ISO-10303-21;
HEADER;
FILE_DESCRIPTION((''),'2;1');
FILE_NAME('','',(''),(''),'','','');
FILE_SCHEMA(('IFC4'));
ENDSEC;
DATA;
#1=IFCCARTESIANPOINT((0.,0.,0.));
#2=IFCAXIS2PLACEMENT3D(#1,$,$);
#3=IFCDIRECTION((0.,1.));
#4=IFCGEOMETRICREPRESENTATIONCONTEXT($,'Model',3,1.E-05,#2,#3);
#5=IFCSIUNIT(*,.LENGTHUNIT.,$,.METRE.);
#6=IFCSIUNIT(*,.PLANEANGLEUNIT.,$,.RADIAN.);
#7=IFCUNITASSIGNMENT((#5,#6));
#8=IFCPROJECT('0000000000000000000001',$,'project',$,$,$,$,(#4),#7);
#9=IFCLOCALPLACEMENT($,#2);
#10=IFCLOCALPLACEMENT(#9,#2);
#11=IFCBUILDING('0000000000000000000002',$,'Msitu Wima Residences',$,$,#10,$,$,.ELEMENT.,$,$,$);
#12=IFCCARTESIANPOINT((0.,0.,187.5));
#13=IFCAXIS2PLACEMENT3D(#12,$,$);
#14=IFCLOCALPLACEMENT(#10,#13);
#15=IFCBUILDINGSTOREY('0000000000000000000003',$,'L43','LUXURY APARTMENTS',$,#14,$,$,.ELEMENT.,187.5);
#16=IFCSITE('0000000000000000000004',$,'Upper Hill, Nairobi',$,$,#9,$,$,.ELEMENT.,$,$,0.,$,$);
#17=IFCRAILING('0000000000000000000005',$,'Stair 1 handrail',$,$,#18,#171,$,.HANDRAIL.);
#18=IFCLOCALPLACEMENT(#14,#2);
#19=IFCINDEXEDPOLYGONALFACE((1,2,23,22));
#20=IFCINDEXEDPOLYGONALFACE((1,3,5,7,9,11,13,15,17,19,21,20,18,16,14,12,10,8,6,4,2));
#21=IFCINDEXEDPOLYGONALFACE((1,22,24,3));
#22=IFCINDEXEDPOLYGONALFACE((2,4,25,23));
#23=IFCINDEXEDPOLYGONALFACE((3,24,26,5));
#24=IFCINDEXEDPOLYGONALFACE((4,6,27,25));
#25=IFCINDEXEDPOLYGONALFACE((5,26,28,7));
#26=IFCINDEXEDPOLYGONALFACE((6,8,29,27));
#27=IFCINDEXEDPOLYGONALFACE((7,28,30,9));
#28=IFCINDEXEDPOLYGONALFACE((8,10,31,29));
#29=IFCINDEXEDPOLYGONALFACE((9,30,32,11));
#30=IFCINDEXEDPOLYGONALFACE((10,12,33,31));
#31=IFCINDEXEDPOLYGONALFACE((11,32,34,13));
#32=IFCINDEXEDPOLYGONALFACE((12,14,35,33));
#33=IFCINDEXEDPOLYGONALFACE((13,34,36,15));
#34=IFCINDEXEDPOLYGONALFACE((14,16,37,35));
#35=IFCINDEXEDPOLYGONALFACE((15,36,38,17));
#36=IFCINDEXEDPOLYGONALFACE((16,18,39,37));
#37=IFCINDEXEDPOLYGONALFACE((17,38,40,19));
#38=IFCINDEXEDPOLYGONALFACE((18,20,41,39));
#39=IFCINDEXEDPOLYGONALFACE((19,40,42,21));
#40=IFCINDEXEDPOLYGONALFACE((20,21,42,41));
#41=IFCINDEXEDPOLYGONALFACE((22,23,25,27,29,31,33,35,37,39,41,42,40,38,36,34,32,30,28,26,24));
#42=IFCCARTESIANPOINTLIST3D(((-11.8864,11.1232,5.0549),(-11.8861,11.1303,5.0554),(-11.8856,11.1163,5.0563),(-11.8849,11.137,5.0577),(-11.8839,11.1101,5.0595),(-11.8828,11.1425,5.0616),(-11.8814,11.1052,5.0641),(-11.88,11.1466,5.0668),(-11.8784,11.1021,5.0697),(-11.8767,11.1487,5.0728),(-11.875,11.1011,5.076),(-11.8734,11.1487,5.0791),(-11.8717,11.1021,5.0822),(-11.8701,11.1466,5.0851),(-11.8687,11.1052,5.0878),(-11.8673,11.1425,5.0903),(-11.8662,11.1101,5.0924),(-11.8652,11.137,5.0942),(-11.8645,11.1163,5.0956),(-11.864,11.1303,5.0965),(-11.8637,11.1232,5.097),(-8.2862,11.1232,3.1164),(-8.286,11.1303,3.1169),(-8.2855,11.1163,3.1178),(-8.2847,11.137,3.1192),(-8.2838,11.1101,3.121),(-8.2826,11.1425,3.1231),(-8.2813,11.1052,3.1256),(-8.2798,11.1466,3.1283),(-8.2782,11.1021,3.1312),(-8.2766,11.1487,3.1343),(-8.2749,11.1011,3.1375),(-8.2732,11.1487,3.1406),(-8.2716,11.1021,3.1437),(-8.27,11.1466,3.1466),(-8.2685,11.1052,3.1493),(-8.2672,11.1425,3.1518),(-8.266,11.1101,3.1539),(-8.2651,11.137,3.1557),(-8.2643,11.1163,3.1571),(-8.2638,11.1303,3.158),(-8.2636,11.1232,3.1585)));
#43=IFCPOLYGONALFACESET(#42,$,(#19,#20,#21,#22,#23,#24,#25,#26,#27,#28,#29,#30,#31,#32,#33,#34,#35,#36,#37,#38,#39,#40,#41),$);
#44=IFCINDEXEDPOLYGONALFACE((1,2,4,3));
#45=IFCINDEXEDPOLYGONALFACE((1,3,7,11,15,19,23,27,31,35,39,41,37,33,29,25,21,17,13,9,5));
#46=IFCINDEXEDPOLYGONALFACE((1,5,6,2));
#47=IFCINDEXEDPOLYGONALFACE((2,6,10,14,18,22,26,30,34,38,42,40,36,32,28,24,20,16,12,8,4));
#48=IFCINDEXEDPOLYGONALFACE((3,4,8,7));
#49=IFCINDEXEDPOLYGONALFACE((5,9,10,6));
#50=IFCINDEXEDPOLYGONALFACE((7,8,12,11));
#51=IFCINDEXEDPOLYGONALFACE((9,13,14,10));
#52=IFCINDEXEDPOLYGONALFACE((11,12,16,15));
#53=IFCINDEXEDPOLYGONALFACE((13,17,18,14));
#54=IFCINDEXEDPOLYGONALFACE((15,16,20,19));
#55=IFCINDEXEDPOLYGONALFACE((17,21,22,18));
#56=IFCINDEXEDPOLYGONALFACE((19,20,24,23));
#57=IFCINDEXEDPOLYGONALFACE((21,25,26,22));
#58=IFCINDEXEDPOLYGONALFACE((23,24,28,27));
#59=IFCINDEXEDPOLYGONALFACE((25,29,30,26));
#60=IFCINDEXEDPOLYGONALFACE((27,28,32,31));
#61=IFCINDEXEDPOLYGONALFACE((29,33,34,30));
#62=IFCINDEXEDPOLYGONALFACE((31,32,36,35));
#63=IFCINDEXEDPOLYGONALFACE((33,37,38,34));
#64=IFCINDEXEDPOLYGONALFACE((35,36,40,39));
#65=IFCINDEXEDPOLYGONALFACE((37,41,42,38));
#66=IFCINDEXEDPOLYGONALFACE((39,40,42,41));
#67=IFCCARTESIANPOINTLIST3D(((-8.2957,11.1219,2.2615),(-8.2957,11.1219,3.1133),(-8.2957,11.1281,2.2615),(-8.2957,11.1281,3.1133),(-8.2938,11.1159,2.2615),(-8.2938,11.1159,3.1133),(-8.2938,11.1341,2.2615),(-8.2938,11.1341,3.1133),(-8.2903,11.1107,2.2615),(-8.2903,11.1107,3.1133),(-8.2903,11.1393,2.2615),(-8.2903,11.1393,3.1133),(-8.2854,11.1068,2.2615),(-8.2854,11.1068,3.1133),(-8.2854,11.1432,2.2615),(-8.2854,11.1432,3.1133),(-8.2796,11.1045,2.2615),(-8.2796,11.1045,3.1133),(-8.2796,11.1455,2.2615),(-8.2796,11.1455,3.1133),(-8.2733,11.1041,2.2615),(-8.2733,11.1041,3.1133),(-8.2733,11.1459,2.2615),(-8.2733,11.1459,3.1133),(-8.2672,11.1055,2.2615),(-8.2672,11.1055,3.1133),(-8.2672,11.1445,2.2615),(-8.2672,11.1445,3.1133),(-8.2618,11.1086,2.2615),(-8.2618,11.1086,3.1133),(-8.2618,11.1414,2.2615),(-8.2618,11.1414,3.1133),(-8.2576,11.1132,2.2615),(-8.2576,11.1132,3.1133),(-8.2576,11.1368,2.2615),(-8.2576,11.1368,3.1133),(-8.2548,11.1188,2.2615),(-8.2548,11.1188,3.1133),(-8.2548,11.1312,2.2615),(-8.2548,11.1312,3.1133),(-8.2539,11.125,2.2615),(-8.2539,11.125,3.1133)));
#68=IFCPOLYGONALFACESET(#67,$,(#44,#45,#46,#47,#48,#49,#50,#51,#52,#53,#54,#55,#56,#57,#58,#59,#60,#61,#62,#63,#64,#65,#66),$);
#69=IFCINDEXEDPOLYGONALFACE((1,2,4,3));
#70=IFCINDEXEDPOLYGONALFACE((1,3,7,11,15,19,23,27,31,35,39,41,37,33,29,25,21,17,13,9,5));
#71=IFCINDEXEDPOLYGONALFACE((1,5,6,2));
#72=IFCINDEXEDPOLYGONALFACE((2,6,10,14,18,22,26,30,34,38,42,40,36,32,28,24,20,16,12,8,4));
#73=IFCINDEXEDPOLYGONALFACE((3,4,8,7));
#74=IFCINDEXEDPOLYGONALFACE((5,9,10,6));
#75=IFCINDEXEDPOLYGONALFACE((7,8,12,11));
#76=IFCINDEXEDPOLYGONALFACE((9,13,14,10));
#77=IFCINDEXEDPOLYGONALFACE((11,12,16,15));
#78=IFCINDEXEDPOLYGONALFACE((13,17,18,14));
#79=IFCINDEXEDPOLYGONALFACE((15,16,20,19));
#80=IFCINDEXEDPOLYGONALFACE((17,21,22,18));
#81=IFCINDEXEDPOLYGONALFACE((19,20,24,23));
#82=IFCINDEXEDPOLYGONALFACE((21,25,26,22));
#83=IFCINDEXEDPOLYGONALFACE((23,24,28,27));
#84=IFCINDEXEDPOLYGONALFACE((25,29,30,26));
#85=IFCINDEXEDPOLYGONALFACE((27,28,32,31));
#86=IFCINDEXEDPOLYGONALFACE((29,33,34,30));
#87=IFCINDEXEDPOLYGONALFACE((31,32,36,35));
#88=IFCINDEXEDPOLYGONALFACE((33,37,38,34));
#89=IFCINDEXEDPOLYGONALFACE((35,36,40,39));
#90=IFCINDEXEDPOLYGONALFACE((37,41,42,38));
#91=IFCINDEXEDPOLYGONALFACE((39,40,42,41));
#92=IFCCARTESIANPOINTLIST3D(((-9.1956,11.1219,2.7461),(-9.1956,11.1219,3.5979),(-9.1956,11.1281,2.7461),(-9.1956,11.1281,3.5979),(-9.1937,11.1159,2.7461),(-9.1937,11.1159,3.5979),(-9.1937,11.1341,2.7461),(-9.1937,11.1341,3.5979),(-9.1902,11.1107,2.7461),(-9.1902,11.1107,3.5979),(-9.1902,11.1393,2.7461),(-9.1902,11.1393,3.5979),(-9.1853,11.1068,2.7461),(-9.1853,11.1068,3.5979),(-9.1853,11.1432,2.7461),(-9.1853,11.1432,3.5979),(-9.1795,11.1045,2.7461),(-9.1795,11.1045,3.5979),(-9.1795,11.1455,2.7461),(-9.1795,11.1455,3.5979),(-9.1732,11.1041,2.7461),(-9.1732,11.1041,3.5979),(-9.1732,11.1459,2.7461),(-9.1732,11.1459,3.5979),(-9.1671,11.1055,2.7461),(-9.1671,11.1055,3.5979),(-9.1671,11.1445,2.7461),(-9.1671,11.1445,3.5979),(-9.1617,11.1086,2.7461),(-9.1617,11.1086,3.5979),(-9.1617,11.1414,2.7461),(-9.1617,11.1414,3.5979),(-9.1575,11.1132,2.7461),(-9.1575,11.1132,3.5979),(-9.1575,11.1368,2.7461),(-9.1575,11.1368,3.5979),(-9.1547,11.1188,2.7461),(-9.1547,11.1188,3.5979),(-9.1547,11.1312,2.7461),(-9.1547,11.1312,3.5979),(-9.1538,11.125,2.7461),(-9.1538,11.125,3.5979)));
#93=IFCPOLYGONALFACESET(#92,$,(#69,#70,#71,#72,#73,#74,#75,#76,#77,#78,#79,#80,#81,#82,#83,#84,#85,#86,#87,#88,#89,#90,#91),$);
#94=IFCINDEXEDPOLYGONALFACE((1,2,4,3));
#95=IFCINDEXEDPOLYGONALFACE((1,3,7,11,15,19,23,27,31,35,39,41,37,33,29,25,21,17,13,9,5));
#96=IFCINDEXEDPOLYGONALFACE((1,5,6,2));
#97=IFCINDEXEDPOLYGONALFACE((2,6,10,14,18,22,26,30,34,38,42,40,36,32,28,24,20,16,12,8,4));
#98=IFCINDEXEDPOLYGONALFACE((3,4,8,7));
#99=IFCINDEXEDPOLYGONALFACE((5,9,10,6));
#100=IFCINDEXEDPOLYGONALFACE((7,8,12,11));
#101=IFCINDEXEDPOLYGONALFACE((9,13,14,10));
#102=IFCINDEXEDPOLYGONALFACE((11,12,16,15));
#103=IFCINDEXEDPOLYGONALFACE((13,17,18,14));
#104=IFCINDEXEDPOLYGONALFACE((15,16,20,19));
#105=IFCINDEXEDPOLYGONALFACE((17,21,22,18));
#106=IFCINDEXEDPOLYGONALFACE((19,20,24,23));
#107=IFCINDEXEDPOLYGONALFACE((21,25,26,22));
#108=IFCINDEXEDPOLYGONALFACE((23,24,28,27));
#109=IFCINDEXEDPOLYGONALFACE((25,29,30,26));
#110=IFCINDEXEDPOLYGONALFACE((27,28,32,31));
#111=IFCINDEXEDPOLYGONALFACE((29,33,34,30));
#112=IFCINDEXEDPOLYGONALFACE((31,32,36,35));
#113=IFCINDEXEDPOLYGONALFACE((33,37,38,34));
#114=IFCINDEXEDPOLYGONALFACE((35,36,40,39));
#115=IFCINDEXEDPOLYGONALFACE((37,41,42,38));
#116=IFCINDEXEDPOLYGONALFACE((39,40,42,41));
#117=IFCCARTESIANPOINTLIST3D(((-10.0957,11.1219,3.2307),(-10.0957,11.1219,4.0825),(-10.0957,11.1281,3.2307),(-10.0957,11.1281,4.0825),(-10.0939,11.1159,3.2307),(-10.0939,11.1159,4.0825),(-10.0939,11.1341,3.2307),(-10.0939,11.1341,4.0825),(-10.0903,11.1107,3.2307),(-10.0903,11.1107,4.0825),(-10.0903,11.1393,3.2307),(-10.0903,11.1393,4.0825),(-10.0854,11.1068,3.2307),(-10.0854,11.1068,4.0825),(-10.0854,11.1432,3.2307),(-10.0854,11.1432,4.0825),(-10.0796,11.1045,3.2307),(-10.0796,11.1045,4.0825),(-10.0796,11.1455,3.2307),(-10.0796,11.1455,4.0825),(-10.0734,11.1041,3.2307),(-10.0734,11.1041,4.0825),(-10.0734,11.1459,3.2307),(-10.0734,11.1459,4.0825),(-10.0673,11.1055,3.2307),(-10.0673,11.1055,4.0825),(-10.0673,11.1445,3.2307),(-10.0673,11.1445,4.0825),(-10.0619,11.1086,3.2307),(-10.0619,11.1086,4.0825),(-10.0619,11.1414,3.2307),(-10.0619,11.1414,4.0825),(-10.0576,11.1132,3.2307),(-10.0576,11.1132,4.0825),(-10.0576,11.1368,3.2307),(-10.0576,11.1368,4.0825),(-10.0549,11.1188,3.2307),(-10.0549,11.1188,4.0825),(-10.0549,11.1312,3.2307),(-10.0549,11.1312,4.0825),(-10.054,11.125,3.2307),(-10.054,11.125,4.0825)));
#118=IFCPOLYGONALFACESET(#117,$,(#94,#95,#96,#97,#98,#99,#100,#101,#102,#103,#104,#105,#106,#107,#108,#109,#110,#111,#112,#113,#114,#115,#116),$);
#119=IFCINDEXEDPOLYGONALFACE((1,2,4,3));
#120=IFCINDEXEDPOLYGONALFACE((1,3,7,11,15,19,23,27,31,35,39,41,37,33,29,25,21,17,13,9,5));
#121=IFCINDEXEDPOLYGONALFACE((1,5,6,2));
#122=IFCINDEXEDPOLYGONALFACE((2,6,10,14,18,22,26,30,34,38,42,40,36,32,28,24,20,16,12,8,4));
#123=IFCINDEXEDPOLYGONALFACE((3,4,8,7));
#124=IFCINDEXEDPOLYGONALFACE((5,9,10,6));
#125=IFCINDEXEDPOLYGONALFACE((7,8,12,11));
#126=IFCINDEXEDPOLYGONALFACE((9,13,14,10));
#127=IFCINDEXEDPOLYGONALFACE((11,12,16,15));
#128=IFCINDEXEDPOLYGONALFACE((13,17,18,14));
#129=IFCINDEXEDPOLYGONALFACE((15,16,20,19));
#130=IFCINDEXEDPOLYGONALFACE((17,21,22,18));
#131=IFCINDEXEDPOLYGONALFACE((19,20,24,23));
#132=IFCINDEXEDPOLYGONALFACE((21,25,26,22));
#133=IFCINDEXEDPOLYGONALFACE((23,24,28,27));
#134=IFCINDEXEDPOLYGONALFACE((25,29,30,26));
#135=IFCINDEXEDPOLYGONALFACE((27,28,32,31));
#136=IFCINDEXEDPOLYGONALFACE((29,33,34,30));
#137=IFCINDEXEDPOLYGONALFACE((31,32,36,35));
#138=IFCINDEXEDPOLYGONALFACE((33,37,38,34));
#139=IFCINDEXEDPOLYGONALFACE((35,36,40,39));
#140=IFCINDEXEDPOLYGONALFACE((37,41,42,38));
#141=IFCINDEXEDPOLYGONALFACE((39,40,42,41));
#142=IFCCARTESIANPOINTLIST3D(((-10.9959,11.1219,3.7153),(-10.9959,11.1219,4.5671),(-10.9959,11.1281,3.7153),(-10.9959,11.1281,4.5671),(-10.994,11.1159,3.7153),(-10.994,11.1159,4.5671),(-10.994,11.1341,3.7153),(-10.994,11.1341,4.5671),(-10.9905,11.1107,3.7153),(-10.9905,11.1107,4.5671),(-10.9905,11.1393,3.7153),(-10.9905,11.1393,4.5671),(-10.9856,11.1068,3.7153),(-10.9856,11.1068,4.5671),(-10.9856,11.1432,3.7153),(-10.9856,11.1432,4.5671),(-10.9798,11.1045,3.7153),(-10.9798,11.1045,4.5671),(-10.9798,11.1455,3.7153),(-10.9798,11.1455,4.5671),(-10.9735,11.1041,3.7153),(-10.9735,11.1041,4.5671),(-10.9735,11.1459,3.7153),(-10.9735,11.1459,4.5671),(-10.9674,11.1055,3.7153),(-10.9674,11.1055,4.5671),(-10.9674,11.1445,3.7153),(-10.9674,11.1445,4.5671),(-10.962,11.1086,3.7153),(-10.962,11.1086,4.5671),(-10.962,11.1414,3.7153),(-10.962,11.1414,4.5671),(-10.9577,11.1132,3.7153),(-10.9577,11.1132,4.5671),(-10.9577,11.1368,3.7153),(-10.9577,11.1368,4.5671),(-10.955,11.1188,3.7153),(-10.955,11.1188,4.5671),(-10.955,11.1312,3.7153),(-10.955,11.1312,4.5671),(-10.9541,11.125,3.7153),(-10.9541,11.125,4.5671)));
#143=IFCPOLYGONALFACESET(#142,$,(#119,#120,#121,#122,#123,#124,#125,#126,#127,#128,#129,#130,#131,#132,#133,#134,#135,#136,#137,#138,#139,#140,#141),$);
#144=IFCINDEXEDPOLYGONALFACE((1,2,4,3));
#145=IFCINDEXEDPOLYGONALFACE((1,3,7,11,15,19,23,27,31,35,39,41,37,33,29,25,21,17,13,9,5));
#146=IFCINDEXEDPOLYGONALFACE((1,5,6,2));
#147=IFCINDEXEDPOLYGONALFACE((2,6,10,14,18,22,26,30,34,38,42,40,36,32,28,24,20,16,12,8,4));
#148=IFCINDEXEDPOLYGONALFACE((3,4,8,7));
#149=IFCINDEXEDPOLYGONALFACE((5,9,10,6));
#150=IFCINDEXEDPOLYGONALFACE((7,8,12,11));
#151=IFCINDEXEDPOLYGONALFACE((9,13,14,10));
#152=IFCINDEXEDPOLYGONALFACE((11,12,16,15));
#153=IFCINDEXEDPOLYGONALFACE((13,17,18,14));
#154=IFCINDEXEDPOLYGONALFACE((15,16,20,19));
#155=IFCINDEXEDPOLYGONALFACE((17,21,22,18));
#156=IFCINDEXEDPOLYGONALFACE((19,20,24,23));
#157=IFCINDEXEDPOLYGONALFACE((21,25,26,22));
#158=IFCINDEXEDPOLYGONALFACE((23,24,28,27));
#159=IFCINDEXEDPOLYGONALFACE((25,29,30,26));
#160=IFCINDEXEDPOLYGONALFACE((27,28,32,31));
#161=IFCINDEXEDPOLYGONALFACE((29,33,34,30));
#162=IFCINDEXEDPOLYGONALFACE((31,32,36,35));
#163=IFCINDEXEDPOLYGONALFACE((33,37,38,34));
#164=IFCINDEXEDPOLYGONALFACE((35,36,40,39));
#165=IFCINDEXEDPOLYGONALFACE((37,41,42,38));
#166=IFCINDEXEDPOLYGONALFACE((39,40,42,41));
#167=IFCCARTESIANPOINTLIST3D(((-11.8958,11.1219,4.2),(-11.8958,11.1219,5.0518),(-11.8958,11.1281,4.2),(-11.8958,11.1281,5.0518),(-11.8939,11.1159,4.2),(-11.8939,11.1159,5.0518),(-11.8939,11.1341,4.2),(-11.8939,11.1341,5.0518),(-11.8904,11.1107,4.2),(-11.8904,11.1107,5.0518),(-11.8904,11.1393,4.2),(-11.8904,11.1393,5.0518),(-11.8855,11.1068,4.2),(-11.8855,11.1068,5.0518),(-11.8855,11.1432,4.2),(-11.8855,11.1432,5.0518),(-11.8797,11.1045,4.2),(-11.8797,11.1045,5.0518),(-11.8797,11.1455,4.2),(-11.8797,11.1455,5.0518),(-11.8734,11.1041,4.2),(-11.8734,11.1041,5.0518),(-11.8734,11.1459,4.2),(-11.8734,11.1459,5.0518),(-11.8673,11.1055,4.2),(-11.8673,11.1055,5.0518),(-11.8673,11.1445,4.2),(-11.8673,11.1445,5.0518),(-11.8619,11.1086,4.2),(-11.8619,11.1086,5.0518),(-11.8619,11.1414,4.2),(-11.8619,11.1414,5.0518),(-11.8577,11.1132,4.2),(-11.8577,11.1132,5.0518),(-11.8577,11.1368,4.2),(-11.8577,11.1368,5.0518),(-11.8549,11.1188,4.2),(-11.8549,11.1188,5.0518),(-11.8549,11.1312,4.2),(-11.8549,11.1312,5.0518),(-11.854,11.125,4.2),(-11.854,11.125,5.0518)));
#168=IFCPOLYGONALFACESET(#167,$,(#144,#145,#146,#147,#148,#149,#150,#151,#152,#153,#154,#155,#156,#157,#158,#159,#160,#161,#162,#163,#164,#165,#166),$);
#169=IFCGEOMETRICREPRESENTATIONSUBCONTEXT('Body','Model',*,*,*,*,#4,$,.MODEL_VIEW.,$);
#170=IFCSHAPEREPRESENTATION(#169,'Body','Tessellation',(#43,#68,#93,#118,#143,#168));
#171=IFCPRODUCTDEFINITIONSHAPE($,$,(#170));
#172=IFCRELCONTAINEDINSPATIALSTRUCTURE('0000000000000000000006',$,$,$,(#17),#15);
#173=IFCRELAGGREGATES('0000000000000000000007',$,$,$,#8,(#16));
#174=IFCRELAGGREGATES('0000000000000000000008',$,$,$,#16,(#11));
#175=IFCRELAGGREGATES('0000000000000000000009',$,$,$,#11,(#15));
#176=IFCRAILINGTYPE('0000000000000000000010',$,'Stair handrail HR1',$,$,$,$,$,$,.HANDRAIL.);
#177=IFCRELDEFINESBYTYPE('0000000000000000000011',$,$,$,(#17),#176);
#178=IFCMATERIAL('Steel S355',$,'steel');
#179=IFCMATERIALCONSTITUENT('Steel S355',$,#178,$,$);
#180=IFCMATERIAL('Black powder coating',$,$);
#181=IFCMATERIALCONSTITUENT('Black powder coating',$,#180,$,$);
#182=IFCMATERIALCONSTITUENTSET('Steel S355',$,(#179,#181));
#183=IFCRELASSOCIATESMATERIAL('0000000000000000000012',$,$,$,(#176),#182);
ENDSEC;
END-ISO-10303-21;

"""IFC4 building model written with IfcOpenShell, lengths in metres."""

from ifc_helpers import new_model, si_unit, direction, frame, origin, origin_2d, place, context, subcontext, project, spatial, circle, extrude, material, constituent, constituent_set, type_object, element, save


model = new_model("IFC4")

# Units and contexts
model_context = context("Model", 3, precision=1e-05, world=origin(), true_north=direction((0.0, 1.0)))
body_context = subcontext(model_context, "Body", "Model", "MODEL_VIEW")
ifc_project = project(units=[si_unit("LENGTHUNIT", "METRE"), si_unit("PLANEANGLEUNIT", "RADIAN")], contexts=[model_context])

# Site, building, storey
site_placement = place(None, origin())
site = spatial("IfcSite", under=ifc_project, at=site_placement, Name="Upper Hill, Nairobi", CompositionType="ELEMENT", RefElevation=0.0)
building_placement = place(site_placement, origin())
building = spatial("IfcBuilding", under=site, at=building_placement, Name="Msitu Wima Residences", CompositionType="ELEMENT")
storey_placement = place(building_placement, frame((0.0, 0.0, 187.5)))
storey = spatial("IfcBuildingStorey", under=building, at=storey_placement, Name="L43", Description="LUXURY APARTMENTS", CompositionType="ELEMENT", Elevation=187.5)

# Railing
ifc_material_1 = material(Name="Steel S355", Category="steel")
ifc_constituent_1 = constituent(ifc_material_1, Name="Steel S355")
ifc_material_2 = material(Name="Black powder coating")
ifc_constituent_2 = constituent(ifc_material_2, Name="Black powder coating")
ifc_constituent_set = constituent_set(constituents=[ifc_constituent_1, ifc_constituent_2], Name="Steel S355")
railing_type = type_object("IfcRailingType", Name="Stair handrail HR1", PredefinedType="HANDRAIL", material=ifc_constituent_set)
for number, where, name in (
    (1, (-8.2749, 11.125, 2.2615), "Stair 1 handrail"),
):
    element("IfcRailing", number, at=place(storey_placement, frame(where)), inside=storey, type_object=railing_type, Name=name, PredefinedType="HANDRAIL", context=body_context, shape_type="SweptSolid", body=[
        extrude(circle(Radius=0.0239, at=origin_2d()), frame((0.0, 0.0, 0.876), z_axis=(-0.880475, 0.0, 0.474093), x_axis=(0.0, -1.0, 0.0)), (0.0, 0.0, 1.0), 4.0889),
        extrude(circle(Radius=0.021, at=origin_2d()), origin(), (0.0, 0.0, 1.0), 0.8518),
        extrude(circle(Radius=0.021, at=origin_2d()), frame((-0.8999, 0.0, 0.4846)), (0.0, 0.0, 1.0), 0.8518),
        extrude(circle(Radius=0.021, at=origin_2d()), frame((-1.8, 0.0, 0.9692)), (0.0, 0.0, 1.0), 0.8518),
        extrude(circle(Radius=0.021, at=origin_2d()), frame((-2.7002, 0.0, 1.4539)), (0.0, 0.0, 1.0), 0.8518),
        extrude(circle(Radius=0.021, at=origin_2d()), frame((-3.6001, 0.0, 1.9385)), (0.0, 0.0, 1.0), 0.8518),
    ])

save(model, "model.ifc")
